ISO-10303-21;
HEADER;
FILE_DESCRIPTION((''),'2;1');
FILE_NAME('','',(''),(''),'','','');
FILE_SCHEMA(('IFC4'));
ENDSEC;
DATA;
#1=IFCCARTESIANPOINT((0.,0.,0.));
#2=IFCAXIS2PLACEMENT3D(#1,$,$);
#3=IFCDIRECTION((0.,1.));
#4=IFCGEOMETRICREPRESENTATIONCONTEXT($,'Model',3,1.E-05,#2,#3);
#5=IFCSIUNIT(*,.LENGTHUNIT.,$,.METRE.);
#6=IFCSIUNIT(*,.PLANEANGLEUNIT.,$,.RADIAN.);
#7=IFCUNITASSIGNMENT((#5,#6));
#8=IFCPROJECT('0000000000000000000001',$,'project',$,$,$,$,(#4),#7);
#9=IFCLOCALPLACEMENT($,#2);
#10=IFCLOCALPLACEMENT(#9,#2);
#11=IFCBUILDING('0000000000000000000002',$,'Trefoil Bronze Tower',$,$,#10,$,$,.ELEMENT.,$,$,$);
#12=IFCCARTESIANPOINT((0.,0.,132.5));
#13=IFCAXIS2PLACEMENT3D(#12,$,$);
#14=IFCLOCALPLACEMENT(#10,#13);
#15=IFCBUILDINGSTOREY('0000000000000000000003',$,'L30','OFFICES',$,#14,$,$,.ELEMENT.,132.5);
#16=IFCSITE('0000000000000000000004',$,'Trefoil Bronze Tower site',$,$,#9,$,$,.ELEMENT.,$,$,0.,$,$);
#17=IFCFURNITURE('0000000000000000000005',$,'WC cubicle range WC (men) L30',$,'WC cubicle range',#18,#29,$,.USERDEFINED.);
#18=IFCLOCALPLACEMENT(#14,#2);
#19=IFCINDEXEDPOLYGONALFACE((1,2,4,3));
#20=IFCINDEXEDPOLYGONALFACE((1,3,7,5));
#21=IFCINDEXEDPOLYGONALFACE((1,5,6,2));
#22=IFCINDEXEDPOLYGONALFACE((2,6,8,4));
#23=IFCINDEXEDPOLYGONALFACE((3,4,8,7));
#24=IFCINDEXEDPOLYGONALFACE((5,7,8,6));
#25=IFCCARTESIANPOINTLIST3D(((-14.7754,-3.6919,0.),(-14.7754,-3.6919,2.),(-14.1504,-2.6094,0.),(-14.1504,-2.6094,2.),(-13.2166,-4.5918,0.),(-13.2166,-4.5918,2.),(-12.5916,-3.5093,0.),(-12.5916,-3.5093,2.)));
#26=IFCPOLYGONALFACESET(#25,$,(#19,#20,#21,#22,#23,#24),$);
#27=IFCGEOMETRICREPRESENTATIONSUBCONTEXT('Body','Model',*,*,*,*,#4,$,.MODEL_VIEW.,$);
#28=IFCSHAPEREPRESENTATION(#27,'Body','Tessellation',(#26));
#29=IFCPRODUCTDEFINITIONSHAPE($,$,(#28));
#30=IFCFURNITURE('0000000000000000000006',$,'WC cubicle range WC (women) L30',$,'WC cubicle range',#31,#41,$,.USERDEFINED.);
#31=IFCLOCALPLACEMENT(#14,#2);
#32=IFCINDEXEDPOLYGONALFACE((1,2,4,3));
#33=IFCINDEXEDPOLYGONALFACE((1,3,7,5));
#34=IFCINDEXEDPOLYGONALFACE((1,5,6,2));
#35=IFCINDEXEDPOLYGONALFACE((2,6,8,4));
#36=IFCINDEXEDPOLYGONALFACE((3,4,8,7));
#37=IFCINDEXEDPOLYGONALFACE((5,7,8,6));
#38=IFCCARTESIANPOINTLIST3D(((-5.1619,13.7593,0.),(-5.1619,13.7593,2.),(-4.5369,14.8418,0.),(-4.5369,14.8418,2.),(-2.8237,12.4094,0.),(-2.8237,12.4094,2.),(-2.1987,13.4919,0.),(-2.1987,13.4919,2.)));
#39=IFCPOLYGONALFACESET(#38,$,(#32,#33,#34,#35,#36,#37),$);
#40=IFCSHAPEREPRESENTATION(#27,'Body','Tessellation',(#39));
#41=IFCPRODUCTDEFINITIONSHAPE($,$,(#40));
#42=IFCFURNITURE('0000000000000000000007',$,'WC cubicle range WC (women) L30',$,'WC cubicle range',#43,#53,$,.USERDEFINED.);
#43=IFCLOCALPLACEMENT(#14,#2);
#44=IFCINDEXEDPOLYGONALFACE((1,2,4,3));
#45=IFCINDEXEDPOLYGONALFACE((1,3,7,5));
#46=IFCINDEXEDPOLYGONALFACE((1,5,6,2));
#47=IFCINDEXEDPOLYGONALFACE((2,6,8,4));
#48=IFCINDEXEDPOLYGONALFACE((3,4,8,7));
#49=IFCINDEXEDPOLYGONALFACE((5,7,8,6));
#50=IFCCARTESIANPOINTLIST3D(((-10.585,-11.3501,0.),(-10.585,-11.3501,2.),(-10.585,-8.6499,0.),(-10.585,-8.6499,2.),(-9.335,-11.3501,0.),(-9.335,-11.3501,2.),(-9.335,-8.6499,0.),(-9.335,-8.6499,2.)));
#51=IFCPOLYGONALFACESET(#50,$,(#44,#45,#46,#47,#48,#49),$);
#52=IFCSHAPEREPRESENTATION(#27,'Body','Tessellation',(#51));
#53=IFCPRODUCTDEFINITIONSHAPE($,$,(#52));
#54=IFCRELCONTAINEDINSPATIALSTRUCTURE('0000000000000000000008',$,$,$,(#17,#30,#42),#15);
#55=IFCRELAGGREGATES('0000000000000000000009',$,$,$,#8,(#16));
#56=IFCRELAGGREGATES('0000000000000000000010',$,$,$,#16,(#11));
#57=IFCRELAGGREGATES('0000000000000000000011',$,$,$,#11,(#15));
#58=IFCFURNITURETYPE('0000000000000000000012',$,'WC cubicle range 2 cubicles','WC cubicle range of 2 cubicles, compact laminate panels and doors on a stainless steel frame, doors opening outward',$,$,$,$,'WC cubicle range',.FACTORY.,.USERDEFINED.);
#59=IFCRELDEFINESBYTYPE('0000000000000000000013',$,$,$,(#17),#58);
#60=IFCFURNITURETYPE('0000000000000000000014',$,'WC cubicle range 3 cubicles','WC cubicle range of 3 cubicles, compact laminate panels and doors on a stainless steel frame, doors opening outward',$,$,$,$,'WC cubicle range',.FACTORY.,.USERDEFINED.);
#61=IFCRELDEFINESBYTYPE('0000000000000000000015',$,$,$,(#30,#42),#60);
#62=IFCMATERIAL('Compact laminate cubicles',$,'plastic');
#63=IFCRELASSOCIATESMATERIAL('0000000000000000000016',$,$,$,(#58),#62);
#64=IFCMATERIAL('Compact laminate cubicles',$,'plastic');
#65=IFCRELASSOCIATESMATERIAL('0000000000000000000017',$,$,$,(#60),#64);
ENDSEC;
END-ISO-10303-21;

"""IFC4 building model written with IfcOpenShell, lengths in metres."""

from ifc_helpers import new_model, si_unit, direction, frame, origin, place, context, subcontext, project, spatial, polyline, outline, extrude, material, type_object, element, save


model = new_model("IFC4")

# Units and contexts
model_context = context("Model", 3, precision=1e-05, world=origin(), true_north=direction((0.0, 1.0)))
body_context = subcontext(model_context, "Body", "Model", "MODEL_VIEW")
ifc_project = project(units=[si_unit("LENGTHUNIT", "METRE"), si_unit("PLANEANGLEUNIT", "RADIAN")], contexts=[model_context])

# Site, building, storey
site_placement = place(None, origin())
site = spatial("IfcSite", under=ifc_project, at=site_placement, Name="Trefoil Bronze Tower site", CompositionType="ELEMENT", RefElevation=0.0)
building_placement = place(site_placement, origin())
building = spatial("IfcBuilding", under=site, at=building_placement, Name="Trefoil Bronze Tower", CompositionType="ELEMENT")
storey_placement = place(building_placement, frame((0.0, 0.0, 132.5)))
storey = spatial("IfcBuildingStorey", under=building, at=storey_placement, Name="L30", Description="OFFICES", CompositionType="ELEMENT", Elevation=132.5)

# Furniture
ifc_material_1 = material(Name="Compact laminate cubicles", Category="plastic")
furniture_type_1 = type_object("IfcFurnitureType", Name="WC cubicle range 2 cubicles", Description="WC cubicle range of 2 cubicles, compact laminate panels and doors on a stainless steel frame, doors opening outward", ElementType="WC cubicle range", AssemblyPlace="FACTORY", PredefinedType="USERDEFINED", material=ifc_material_1)
furniture_1_placement = place(storey_placement, origin())
element("IfcFurniture", 1, at=furniture_1_placement, inside=storey, type_object=furniture_type_1, Name="WC cubicle range WC (men) L30", ObjectType="WC cubicle range", PredefinedType="USERDEFINED", context=body_context, shape_type="SweptSolid", body=[
    extrude(outline(polyline([(-12.5916, -3.5093), (-13.2166, -4.5918), (-14.7754, -3.6919), (-14.1504, -2.6094), (-12.5916, -3.5093)])), origin(), (0.0, 0.0, 1.0), 2.0),
])
ifc_material_2 = material(Name="Compact laminate cubicles", Category="plastic")
furniture_type_2 = type_object("IfcFurnitureType", Name="WC cubicle range 3 cubicles", Description="WC cubicle range of 3 cubicles, compact laminate panels and doors on a stainless steel frame, doors opening outward", ElementType="WC cubicle range", AssemblyPlace="FACTORY", PredefinedType="USERDEFINED", material=ifc_material_2)
furniture_2_placement = place(storey_placement, origin())
element("IfcFurniture", 2, at=furniture_2_placement, inside=storey, type_object=furniture_type_2, Name="WC cubicle range WC (women) L30", ObjectType="WC cubicle range", PredefinedType="USERDEFINED", context=body_context, shape_type="SweptSolid", body=[
    extrude(outline(polyline([(-2.8237, 12.4094), (-2.1987, 13.4919), (-4.5369, 14.8418), (-5.1619, 13.7593), (-2.8237, 12.4094)])), origin(), (0.0, 0.0, 1.0), 2.0),
])
furniture_3_placement = place(storey_placement, origin())
element("IfcFurniture", 3, at=furniture_3_placement, inside=storey, type_object=furniture_type_2, Name="WC cubicle range WC (women) L30", ObjectType="WC cubicle range", PredefinedType="USERDEFINED", context=body_context, shape_type="SweptSolid", body=[
    extrude(outline(polyline([(-9.335, -8.6499), (-10.585, -8.6499), (-10.585, -11.3501), (-9.335, -11.3501), (-9.335, -8.6499)])), origin(), (0.0, 0.0, 1.0), 2.0),
])

save(model, "model.ifc")
